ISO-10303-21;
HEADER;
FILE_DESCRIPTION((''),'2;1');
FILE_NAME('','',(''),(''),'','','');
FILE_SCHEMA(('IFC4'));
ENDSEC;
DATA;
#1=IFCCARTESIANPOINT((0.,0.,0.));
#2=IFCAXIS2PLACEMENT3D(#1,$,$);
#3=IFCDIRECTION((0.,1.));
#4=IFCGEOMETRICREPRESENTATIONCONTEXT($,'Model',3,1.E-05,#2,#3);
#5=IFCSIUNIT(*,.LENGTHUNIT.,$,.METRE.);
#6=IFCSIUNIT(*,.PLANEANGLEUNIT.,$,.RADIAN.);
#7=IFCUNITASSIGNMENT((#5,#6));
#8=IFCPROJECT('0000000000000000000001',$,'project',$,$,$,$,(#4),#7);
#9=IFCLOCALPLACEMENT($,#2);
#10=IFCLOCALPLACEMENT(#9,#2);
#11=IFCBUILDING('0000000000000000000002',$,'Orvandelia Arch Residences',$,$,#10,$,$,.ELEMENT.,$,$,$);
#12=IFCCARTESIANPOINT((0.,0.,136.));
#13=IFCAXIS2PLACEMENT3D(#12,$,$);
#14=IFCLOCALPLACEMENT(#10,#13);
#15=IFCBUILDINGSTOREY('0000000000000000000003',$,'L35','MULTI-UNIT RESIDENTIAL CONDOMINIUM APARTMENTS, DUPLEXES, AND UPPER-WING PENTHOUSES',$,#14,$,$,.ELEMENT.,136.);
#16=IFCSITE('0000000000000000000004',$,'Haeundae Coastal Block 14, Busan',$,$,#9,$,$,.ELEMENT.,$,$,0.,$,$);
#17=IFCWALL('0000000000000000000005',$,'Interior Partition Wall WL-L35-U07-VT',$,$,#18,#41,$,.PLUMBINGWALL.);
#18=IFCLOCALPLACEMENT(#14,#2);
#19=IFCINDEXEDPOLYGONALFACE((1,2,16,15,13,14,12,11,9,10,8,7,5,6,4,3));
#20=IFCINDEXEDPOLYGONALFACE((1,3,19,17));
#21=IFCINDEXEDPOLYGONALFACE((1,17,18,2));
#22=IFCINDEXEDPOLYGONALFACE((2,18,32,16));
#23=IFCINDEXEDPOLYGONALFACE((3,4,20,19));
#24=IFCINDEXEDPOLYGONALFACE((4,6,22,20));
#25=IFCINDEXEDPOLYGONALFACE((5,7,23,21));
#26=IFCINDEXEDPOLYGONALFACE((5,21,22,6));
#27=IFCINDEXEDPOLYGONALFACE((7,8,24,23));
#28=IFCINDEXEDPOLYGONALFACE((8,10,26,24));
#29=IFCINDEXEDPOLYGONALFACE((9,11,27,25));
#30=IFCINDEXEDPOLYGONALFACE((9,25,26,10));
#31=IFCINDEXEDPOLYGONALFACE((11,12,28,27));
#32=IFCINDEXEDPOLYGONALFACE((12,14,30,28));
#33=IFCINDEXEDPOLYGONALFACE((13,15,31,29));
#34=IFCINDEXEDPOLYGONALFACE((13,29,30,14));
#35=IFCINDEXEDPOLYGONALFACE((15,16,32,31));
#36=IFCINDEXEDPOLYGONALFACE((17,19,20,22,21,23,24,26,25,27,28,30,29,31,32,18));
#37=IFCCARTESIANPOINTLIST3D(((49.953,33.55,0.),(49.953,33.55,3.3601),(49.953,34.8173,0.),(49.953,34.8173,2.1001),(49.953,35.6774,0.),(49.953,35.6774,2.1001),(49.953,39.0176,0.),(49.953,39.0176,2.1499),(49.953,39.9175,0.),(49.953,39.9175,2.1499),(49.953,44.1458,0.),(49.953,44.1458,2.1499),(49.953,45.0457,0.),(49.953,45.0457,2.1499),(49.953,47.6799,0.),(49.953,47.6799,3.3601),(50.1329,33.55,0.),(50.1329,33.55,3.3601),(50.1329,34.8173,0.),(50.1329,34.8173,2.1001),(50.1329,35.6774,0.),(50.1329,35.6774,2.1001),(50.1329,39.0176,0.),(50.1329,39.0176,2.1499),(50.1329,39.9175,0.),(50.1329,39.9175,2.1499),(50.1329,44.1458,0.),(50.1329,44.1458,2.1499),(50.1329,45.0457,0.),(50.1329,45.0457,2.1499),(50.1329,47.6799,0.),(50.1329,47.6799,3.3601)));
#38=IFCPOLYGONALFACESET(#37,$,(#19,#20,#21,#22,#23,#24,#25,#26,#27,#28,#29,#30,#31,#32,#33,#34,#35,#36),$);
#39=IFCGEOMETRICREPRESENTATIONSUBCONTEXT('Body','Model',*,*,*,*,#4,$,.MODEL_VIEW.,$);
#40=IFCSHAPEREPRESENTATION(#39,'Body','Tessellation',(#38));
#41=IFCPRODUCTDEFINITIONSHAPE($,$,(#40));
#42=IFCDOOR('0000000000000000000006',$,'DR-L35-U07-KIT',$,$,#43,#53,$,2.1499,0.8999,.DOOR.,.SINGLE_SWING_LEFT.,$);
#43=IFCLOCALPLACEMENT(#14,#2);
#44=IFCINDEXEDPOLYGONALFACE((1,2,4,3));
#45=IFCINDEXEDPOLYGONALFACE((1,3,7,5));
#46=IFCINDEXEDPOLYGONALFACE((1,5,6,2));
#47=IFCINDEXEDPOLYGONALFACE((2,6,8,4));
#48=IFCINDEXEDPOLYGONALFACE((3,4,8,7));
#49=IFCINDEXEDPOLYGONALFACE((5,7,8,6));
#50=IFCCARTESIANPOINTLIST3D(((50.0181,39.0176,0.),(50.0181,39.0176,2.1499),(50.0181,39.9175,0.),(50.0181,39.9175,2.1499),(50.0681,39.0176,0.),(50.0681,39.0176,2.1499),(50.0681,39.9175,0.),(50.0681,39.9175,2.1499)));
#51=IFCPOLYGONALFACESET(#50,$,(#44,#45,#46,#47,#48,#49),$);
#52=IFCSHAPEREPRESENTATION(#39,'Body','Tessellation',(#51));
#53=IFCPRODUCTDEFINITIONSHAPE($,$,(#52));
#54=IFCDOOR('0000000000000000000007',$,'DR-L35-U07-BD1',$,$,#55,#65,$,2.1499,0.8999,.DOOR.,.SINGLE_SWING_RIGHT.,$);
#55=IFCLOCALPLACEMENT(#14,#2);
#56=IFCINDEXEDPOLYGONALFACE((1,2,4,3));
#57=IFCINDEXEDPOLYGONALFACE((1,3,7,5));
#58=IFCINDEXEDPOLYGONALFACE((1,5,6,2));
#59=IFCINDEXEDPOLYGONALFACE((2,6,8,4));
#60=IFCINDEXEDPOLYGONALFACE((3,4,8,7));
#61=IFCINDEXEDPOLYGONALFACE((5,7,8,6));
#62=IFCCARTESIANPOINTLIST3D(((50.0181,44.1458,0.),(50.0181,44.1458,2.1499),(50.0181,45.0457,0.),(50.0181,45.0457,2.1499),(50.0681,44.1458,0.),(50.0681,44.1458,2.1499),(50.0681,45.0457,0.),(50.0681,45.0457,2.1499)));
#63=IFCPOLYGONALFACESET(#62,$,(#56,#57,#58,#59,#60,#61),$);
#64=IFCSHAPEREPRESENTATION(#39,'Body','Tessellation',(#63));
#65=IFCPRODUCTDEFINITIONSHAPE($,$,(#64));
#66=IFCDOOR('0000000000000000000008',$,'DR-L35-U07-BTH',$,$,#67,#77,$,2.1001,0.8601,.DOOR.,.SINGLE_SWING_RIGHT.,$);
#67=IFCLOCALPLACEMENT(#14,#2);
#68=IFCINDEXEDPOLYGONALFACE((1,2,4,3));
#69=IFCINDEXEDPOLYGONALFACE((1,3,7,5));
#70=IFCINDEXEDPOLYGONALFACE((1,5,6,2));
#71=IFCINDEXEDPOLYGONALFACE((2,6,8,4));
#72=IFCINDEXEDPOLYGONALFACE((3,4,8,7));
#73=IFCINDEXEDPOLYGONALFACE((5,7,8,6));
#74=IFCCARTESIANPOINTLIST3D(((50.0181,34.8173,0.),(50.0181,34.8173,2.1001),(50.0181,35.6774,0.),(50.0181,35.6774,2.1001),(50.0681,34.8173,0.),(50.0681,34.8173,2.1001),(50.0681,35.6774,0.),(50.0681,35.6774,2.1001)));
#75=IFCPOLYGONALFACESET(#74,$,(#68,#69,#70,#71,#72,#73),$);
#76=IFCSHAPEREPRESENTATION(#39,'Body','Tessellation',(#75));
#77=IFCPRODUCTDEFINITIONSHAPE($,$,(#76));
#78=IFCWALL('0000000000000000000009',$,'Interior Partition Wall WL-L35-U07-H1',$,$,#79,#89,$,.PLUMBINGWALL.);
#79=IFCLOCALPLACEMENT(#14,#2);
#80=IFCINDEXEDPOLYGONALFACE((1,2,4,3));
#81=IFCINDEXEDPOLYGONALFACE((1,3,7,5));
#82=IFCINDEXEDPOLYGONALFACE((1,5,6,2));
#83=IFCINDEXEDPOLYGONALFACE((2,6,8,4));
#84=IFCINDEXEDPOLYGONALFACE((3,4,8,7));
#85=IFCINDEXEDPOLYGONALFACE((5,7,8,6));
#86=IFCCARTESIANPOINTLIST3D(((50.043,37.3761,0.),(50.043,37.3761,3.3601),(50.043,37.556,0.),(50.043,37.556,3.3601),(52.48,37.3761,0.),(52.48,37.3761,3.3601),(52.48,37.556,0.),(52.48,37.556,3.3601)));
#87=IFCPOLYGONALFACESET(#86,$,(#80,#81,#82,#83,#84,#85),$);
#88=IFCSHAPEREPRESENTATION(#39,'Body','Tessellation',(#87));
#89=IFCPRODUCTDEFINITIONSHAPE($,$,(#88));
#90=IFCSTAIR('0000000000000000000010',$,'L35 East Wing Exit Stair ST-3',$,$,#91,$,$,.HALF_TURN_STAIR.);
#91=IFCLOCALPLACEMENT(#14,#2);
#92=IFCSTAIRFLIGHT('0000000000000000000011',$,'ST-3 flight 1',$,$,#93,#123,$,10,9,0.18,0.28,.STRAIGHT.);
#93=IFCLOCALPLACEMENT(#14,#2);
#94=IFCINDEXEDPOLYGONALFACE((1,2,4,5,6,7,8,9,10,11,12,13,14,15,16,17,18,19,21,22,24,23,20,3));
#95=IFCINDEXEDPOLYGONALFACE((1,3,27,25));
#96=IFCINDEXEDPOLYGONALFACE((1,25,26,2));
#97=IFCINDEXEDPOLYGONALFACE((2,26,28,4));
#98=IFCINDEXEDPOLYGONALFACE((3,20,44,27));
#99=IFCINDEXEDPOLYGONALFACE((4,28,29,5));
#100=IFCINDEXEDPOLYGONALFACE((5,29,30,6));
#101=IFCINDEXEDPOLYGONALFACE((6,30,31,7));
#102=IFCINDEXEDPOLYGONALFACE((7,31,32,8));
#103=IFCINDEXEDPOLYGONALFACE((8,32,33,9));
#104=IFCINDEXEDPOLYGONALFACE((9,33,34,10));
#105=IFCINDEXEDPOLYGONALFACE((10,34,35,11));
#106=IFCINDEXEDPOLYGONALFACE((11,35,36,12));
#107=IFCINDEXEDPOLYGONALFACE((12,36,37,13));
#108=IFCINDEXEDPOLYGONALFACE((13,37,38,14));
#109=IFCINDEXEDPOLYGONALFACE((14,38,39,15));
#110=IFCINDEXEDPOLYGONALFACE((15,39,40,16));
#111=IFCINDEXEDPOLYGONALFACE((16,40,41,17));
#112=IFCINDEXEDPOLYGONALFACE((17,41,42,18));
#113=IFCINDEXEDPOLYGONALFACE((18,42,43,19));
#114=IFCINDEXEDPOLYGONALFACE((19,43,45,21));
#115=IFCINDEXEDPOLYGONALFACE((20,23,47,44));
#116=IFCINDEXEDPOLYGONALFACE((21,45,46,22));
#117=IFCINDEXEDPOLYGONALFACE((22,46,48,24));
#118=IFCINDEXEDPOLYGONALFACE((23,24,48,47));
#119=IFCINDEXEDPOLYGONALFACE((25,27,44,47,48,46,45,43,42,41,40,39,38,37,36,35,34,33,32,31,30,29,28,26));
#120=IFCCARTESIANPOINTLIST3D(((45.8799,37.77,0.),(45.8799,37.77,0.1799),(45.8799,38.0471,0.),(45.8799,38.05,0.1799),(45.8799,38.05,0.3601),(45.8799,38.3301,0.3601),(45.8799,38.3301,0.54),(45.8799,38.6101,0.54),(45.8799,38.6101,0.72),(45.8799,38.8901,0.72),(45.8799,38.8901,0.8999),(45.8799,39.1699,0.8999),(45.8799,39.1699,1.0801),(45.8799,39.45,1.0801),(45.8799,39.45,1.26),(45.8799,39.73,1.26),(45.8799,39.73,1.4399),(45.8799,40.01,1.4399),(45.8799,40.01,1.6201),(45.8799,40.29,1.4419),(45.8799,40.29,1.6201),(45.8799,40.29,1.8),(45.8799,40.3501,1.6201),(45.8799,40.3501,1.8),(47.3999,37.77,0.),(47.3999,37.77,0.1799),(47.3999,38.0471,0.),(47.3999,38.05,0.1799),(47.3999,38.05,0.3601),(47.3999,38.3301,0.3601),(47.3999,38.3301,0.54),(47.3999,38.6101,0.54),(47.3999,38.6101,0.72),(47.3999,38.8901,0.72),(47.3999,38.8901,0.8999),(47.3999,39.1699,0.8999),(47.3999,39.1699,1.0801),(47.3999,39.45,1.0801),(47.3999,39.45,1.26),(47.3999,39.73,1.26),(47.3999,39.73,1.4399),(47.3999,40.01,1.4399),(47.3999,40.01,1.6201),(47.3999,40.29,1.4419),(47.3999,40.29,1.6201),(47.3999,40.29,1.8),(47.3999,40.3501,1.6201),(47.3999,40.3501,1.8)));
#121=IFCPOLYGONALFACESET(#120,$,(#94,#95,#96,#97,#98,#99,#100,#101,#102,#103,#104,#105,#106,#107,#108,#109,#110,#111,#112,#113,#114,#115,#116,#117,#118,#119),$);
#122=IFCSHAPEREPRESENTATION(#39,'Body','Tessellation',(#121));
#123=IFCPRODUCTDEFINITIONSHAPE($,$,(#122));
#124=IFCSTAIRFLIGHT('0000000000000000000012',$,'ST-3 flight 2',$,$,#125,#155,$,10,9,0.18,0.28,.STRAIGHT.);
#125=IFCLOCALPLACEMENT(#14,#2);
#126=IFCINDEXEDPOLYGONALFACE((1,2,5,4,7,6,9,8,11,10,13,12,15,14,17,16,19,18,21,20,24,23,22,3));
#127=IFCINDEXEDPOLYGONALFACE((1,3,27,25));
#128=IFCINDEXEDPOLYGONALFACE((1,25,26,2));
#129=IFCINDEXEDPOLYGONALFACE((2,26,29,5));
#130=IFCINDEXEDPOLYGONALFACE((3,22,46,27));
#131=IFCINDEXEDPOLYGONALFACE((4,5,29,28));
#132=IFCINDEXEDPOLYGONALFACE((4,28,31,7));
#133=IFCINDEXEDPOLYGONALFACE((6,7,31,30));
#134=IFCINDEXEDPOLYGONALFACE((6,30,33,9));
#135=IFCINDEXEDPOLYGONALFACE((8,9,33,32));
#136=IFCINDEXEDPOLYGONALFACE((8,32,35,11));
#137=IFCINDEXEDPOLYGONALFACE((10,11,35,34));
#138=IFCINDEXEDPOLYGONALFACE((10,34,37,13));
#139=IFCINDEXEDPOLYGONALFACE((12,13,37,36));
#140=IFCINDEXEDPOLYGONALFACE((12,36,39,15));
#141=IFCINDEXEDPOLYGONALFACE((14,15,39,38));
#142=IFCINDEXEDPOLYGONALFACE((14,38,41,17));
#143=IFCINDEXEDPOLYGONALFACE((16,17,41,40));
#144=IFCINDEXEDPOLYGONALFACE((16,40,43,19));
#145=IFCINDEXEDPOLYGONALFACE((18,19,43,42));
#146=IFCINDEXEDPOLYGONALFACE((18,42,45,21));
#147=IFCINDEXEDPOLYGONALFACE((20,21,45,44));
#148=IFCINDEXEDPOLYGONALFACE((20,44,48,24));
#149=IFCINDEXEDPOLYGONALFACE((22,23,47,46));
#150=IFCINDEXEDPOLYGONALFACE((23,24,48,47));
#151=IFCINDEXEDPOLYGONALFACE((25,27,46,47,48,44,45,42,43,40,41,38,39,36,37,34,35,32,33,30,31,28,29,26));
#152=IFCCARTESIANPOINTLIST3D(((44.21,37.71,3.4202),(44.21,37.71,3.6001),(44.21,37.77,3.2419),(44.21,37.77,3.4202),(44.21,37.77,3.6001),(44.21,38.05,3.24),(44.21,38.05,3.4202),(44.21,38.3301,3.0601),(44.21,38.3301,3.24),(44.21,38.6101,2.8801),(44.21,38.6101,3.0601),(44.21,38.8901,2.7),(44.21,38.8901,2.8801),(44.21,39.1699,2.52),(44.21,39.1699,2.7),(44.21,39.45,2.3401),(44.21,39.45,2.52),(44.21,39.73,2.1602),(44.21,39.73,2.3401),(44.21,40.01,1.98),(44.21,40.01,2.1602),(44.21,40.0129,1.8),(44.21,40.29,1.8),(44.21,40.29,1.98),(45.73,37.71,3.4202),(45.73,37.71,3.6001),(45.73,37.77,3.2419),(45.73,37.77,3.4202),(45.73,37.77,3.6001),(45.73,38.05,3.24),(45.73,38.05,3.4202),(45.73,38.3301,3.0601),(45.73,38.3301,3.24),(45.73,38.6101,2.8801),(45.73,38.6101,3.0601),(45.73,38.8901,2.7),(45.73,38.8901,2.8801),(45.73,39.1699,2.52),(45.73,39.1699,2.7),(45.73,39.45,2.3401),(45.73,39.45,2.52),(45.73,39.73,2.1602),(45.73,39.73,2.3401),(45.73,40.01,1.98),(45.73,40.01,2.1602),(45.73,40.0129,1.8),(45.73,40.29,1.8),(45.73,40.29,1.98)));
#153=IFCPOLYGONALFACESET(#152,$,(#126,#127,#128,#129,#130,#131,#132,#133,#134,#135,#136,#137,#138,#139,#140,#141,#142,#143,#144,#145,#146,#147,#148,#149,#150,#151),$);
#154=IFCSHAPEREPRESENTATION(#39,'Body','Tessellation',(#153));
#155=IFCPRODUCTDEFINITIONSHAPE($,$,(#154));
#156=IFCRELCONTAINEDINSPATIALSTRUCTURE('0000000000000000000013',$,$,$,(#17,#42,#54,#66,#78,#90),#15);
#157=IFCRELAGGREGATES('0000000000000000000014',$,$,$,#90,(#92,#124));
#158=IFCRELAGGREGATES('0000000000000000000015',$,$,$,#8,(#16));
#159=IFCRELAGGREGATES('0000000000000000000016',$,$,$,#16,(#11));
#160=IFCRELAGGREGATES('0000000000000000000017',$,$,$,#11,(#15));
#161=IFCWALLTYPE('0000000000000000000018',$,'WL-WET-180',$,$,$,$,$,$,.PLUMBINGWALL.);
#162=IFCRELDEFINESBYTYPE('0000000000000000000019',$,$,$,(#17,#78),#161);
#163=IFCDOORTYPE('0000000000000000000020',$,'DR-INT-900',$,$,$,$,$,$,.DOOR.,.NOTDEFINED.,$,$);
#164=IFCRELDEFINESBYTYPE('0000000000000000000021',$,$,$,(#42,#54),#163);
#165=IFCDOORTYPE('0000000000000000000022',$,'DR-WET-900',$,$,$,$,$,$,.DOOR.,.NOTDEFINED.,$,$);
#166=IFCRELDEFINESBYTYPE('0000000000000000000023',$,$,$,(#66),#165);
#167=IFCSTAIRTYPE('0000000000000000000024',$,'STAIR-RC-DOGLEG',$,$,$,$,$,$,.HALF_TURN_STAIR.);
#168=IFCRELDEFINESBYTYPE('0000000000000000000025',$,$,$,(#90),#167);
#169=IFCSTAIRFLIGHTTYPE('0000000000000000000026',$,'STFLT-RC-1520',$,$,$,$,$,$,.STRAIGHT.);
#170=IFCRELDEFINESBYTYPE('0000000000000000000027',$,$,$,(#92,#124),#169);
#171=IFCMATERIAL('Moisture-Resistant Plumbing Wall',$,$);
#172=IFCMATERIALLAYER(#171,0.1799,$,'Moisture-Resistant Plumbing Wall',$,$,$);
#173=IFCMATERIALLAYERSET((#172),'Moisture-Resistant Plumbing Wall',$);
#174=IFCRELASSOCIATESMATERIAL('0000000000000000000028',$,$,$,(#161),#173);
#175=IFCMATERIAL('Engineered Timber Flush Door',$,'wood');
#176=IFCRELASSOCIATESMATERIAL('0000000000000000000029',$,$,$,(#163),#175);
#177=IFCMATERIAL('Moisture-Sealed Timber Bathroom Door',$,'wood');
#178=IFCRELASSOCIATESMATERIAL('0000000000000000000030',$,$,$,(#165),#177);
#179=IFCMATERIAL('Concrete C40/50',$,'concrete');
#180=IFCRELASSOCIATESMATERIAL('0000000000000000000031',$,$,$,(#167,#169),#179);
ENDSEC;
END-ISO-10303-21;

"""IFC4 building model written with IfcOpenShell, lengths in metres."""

from ifc_helpers import new_model, si_unit, direction, frame, frame_2d, origin, place, context, subcontext, project, spatial, polyline, rectangle, outline, extrude, material, layer, layer_set, type_object, element, fill, aggregate, save


model = new_model("IFC4")

# Units and contexts
model_context = context("Model", 3, precision=1e-05, world=origin(), true_north=direction((0.0, 1.0)))
body_context = subcontext(model_context, "Body", "Model", "MODEL_VIEW")
ifc_project = project(units=[si_unit("LENGTHUNIT", "METRE"), si_unit("PLANEANGLEUNIT", "RADIAN")], contexts=[model_context])

# Site, building, storey
site_placement = place(None, origin())
site = spatial("IfcSite", under=ifc_project, at=site_placement, Name="Haeundae Coastal Block 14, Busan", CompositionType="ELEMENT", RefElevation=0.0)
building_placement = place(site_placement, origin())
building = spatial("IfcBuilding", under=site, at=building_placement, Name="Orvandelia Arch Residences", CompositionType="ELEMENT")
storey_placement = place(building_placement, frame((0.0, 0.0, 136.0)))
storey = spatial("IfcBuildingStorey", under=building, at=storey_placement, Name="L35", Description="MULTI-UNIT RESIDENTIAL CONDOMINIUM APARTMENTS, DUPLEXES, AND UPPER-WING PENTHOUSES", CompositionType="ELEMENT", Elevation=136.0)

# Wall, openings, doors
ifc_material_1 = material(Name="Moisture-Resistant Plumbing Wall")
ifc_layer_1 = layer(ifc_material_1, 0.1799, Name="Moisture-Resistant Plumbing Wall")
ifc_layer_set_1 = layer_set([ifc_layer_1], Name="Moisture-Resistant Plumbing Wall")
wall_type_1 = type_object("IfcWallType", Name="WL-WET-180", PredefinedType="PLUMBINGWALL", material=ifc_layer_set_1)
wall_1_placement = place(storey_placement, frame((50.043, 33.55, 0.0), z_axis=(0.0, 0.0, 1.0), x_axis=(0.0, 1.0, 0.0)))
wall_1 = element("IfcWall", 1, at=wall_1_placement, inside=storey, type_object=wall_type_1, Name="Interior Partition Wall WL-L35-U07-VT", PredefinedType="PLUMBINGWALL", context=body_context, shape_type="SweptSolid", body=[
    extrude(rectangle(XDim=14.1299, YDim=0.1799, at=frame_2d((7.0649, 0.0))), origin(), (0.0, 0.0, 1.0), 3.3601),
])
opening_1_placement = place(wall_1_placement, frame((1.2671, 0.0, 0.0)))
opening_1 = element("IfcOpeningElement", 2, at=opening_1_placement, cuts=wall_1, PredefinedType="OPENING", context=body_context, shape_type="SweptSolid", body=[
    extrude(rectangle(XDim=0.8601, YDim=2.1001, at=frame_2d((0.4302, 1.05))), frame((0.0, 0.1001, 0.0), z_axis=(0.0, -1.0, 0.0), x_axis=(1.0, 0.0, 0.0)), (0.0, 0.0, 1.0), 0.2),
])
opening_2_placement = place(wall_1_placement, frame((5.4675, 0.0, 0.0)))
opening_2 = element("IfcOpeningElement", 3, at=opening_2_placement, cuts=wall_1, PredefinedType="OPENING", context=body_context, shape_type="SweptSolid", body=[
    extrude(rectangle(XDim=0.8999, YDim=2.1499, at=frame_2d((0.45, 1.075))), frame((0.0, 0.1001, 0.0), z_axis=(0.0, -1.0, 0.0), x_axis=(1.0, 0.0, 0.0)), (0.0, 0.0, 1.0), 0.2),
])
opening_3_placement = place(wall_1_placement, frame((10.5957, 0.0, 0.0)))
opening_3 = element("IfcOpeningElement", 4, at=opening_3_placement, cuts=wall_1, PredefinedType="OPENING", context=body_context, shape_type="SweptSolid", body=[
    extrude(rectangle(XDim=0.8999, YDim=2.1499, at=frame_2d((0.45, 1.075))), frame((0.0, 0.1001, 0.0), z_axis=(0.0, -1.0, 0.0), x_axis=(1.0, 0.0, 0.0)), (0.0, 0.0, 1.0), 0.2),
])
ifc_material_2 = material(Name="Engineered Timber Flush Door", Category="wood")
door_type_1 = type_object("IfcDoorType", Name="DR-INT-900", OperationType="NOTDEFINED", PredefinedType="DOOR", material=ifc_material_2)
door_1_placement = place(opening_2_placement, origin())
door_1 = element("IfcDoor", 5, at=door_1_placement, inside=storey, type_object=door_type_1, Name="DR-L35-U07-KIT", OperationType="SINGLE_SWING_LEFT", OverallHeight=2.1499, OverallWidth=0.8999, PredefinedType="DOOR", context=body_context, shape_type="SweptSolid", body=[
    extrude(rectangle(XDim=0.8999, YDim=2.1499, at=frame_2d((0.45, 1.075))), frame((0.0, 0.0249, 0.0), z_axis=(0.0, -1.0, 0.0), x_axis=(1.0, 0.0, 0.0)), (0.0, 0.0, 1.0), 0.05),
])
fill(opening_2, door_1)
door_2_placement = place(opening_3_placement, origin())
door_2 = element("IfcDoor", 6, at=door_2_placement, inside=storey, type_object=door_type_1, Name="DR-L35-U07-BD1", OperationType="SINGLE_SWING_RIGHT", OverallHeight=2.1499, OverallWidth=0.8999, PredefinedType="DOOR", context=body_context, shape_type="SweptSolid", body=[
    extrude(rectangle(XDim=0.8999, YDim=2.1499, at=frame_2d((0.45, 1.075))), frame((0.0, 0.0249, 0.0), z_axis=(0.0, -1.0, 0.0), x_axis=(1.0, 0.0, 0.0)), (0.0, 0.0, 1.0), 0.05),
])
fill(opening_3, door_2)
ifc_material_3 = material(Name="Moisture-Sealed Timber Bathroom Door", Category="wood")
door_type_2 = type_object("IfcDoorType", Name="DR-WET-900", OperationType="NOTDEFINED", PredefinedType="DOOR", material=ifc_material_3)
door_3_placement = place(opening_1_placement, origin())
door_3 = element("IfcDoor", 7, at=door_3_placement, inside=storey, type_object=door_type_2, Name="DR-L35-U07-BTH", OperationType="SINGLE_SWING_RIGHT", OverallHeight=2.1001, OverallWidth=0.8601, PredefinedType="DOOR", context=body_context, shape_type="SweptSolid", body=[
    extrude(rectangle(XDim=0.8601, YDim=2.1001, at=frame_2d((0.4302, 1.05))), frame((0.0, 0.0249, 0.0), z_axis=(0.0, -1.0, 0.0), x_axis=(1.0, 0.0, 0.0)), (0.0, 0.0, 1.0), 0.05),
])
fill(opening_1, door_3)

# Wall
wall_2_placement = place(storey_placement, frame((50.043, 37.4661, 0.0), z_axis=(0.0, 0.0, 1.0), x_axis=(1.0, 0.0, 0.0)))
element("IfcWall", 8, at=wall_2_placement, inside=storey, type_object=wall_type_1, Name="Interior Partition Wall WL-L35-U07-H1", PredefinedType="PLUMBINGWALL", context=body_context, shape_type="SweptSolid", body=[
    extrude(rectangle(XDim=2.437, YDim=0.1799, at=frame_2d((1.2185, 0.0))), origin(), (0.0, 0.0, 1.0), 3.3601),
])

# Stair, stair flights
ifc_material_4 = material(Name="Concrete C40/50", Category="concrete")
stair_type = type_object("IfcStairType", Name="STAIR-RC-DOGLEG", PredefinedType="HALF_TURN_STAIR", material=ifc_material_4)
stair_placement = place(storey_placement, origin())
stair = element("IfcStair", 9, at=stair_placement, inside=storey, type_object=stair_type, Name="L35 East Wing Exit Stair ST-3", PredefinedType="HALF_TURN_STAIR")
stair_flight_type = type_object("IfcStairFlightType", Name="STFLT-RC-1520", PredefinedType="STRAIGHT", material=ifc_material_4)
stair_flight_1_placement = place(storey_placement, frame((46.6399, 37.77, 0.0), z_axis=(0.0, 0.0, 1.0), x_axis=(0.0, 1.0, 0.0)))
stair_flight_1 = element("IfcStairFlight", 10, at=stair_flight_1_placement, type_object=stair_flight_type, Name="ST-3 flight 1", NumberOfRisers=10, NumberOfTreads=9, PredefinedType="STRAIGHT", RiserHeight=0.18, TreadLength=0.28, context=body_context, shape_type="SweptSolid", body=[
    extrude(outline(polyline([(0.0, 0.0), (0.0, 0.1799), (0.28, 0.1799), (0.28, 0.3601), (0.5601, 0.3601), (0.5601, 0.54), (0.8401, 0.54), (0.8401, 0.72), (1.1201, 0.72), (1.1201, 0.8999), (1.3999, 0.8999), (1.3999, 1.0801), (1.6799, 1.0801), (1.6799, 1.26), (1.96, 1.26), (1.96, 1.4399), (2.24, 1.4399), (2.24, 1.6201), (2.52, 1.6201), (2.52, 1.8), (2.5801, 1.8), (2.5801, 1.6201), (2.52, 1.4419), (0.2771, 0.0), (0.0, 0.0)])), frame((0.0, 0.76, 0.0), z_axis=(0.0, -1.0, 0.0), x_axis=(1.0, 0.0, 0.0)), (0.0, 0.0, 1.0), 1.52),
])
stair_flight_2_placement = place(storey_placement, frame((44.97, 40.29, 1.8), z_axis=(0.0, 0.0, 1.0), x_axis=(0.0, -1.0, 0.0)))
stair_flight_2 = element("IfcStairFlight", 11, at=stair_flight_2_placement, type_object=stair_flight_type, Name="ST-3 flight 2", NumberOfRisers=10, NumberOfTreads=9, PredefinedType="STRAIGHT", RiserHeight=0.18, TreadLength=0.28, context=body_context, shape_type="SweptSolid", body=[
    extrude(outline(polyline([(0.0, 0.0), (0.0, 0.1799), (0.28, 0.1799), (0.28, 0.3601), (0.5601, 0.3601), (0.5601, 0.54), (0.8401, 0.54), (0.8401, 0.72), (1.1201, 0.72), (1.1201, 0.8999), (1.3999, 0.8999), (1.3999, 1.0801), (1.6799, 1.0801), (1.6799, 1.26), (1.96, 1.26), (1.96, 1.4399), (2.24, 1.4399), (2.24, 1.6201), (2.52, 1.6201), (2.52, 1.8), (2.5801, 1.8), (2.5801, 1.6201), (2.52, 1.4419), (0.2771, 0.0), (0.0, 0.0)])), frame((0.0, 0.76, 0.0), z_axis=(0.0, -1.0, 0.0), x_axis=(1.0, 0.0, 0.0)), (0.0, 0.0, 1.0), 1.52),
])
aggregate(stair, [stair_flight_1, stair_flight_2])

save(model, "model.ifc")
